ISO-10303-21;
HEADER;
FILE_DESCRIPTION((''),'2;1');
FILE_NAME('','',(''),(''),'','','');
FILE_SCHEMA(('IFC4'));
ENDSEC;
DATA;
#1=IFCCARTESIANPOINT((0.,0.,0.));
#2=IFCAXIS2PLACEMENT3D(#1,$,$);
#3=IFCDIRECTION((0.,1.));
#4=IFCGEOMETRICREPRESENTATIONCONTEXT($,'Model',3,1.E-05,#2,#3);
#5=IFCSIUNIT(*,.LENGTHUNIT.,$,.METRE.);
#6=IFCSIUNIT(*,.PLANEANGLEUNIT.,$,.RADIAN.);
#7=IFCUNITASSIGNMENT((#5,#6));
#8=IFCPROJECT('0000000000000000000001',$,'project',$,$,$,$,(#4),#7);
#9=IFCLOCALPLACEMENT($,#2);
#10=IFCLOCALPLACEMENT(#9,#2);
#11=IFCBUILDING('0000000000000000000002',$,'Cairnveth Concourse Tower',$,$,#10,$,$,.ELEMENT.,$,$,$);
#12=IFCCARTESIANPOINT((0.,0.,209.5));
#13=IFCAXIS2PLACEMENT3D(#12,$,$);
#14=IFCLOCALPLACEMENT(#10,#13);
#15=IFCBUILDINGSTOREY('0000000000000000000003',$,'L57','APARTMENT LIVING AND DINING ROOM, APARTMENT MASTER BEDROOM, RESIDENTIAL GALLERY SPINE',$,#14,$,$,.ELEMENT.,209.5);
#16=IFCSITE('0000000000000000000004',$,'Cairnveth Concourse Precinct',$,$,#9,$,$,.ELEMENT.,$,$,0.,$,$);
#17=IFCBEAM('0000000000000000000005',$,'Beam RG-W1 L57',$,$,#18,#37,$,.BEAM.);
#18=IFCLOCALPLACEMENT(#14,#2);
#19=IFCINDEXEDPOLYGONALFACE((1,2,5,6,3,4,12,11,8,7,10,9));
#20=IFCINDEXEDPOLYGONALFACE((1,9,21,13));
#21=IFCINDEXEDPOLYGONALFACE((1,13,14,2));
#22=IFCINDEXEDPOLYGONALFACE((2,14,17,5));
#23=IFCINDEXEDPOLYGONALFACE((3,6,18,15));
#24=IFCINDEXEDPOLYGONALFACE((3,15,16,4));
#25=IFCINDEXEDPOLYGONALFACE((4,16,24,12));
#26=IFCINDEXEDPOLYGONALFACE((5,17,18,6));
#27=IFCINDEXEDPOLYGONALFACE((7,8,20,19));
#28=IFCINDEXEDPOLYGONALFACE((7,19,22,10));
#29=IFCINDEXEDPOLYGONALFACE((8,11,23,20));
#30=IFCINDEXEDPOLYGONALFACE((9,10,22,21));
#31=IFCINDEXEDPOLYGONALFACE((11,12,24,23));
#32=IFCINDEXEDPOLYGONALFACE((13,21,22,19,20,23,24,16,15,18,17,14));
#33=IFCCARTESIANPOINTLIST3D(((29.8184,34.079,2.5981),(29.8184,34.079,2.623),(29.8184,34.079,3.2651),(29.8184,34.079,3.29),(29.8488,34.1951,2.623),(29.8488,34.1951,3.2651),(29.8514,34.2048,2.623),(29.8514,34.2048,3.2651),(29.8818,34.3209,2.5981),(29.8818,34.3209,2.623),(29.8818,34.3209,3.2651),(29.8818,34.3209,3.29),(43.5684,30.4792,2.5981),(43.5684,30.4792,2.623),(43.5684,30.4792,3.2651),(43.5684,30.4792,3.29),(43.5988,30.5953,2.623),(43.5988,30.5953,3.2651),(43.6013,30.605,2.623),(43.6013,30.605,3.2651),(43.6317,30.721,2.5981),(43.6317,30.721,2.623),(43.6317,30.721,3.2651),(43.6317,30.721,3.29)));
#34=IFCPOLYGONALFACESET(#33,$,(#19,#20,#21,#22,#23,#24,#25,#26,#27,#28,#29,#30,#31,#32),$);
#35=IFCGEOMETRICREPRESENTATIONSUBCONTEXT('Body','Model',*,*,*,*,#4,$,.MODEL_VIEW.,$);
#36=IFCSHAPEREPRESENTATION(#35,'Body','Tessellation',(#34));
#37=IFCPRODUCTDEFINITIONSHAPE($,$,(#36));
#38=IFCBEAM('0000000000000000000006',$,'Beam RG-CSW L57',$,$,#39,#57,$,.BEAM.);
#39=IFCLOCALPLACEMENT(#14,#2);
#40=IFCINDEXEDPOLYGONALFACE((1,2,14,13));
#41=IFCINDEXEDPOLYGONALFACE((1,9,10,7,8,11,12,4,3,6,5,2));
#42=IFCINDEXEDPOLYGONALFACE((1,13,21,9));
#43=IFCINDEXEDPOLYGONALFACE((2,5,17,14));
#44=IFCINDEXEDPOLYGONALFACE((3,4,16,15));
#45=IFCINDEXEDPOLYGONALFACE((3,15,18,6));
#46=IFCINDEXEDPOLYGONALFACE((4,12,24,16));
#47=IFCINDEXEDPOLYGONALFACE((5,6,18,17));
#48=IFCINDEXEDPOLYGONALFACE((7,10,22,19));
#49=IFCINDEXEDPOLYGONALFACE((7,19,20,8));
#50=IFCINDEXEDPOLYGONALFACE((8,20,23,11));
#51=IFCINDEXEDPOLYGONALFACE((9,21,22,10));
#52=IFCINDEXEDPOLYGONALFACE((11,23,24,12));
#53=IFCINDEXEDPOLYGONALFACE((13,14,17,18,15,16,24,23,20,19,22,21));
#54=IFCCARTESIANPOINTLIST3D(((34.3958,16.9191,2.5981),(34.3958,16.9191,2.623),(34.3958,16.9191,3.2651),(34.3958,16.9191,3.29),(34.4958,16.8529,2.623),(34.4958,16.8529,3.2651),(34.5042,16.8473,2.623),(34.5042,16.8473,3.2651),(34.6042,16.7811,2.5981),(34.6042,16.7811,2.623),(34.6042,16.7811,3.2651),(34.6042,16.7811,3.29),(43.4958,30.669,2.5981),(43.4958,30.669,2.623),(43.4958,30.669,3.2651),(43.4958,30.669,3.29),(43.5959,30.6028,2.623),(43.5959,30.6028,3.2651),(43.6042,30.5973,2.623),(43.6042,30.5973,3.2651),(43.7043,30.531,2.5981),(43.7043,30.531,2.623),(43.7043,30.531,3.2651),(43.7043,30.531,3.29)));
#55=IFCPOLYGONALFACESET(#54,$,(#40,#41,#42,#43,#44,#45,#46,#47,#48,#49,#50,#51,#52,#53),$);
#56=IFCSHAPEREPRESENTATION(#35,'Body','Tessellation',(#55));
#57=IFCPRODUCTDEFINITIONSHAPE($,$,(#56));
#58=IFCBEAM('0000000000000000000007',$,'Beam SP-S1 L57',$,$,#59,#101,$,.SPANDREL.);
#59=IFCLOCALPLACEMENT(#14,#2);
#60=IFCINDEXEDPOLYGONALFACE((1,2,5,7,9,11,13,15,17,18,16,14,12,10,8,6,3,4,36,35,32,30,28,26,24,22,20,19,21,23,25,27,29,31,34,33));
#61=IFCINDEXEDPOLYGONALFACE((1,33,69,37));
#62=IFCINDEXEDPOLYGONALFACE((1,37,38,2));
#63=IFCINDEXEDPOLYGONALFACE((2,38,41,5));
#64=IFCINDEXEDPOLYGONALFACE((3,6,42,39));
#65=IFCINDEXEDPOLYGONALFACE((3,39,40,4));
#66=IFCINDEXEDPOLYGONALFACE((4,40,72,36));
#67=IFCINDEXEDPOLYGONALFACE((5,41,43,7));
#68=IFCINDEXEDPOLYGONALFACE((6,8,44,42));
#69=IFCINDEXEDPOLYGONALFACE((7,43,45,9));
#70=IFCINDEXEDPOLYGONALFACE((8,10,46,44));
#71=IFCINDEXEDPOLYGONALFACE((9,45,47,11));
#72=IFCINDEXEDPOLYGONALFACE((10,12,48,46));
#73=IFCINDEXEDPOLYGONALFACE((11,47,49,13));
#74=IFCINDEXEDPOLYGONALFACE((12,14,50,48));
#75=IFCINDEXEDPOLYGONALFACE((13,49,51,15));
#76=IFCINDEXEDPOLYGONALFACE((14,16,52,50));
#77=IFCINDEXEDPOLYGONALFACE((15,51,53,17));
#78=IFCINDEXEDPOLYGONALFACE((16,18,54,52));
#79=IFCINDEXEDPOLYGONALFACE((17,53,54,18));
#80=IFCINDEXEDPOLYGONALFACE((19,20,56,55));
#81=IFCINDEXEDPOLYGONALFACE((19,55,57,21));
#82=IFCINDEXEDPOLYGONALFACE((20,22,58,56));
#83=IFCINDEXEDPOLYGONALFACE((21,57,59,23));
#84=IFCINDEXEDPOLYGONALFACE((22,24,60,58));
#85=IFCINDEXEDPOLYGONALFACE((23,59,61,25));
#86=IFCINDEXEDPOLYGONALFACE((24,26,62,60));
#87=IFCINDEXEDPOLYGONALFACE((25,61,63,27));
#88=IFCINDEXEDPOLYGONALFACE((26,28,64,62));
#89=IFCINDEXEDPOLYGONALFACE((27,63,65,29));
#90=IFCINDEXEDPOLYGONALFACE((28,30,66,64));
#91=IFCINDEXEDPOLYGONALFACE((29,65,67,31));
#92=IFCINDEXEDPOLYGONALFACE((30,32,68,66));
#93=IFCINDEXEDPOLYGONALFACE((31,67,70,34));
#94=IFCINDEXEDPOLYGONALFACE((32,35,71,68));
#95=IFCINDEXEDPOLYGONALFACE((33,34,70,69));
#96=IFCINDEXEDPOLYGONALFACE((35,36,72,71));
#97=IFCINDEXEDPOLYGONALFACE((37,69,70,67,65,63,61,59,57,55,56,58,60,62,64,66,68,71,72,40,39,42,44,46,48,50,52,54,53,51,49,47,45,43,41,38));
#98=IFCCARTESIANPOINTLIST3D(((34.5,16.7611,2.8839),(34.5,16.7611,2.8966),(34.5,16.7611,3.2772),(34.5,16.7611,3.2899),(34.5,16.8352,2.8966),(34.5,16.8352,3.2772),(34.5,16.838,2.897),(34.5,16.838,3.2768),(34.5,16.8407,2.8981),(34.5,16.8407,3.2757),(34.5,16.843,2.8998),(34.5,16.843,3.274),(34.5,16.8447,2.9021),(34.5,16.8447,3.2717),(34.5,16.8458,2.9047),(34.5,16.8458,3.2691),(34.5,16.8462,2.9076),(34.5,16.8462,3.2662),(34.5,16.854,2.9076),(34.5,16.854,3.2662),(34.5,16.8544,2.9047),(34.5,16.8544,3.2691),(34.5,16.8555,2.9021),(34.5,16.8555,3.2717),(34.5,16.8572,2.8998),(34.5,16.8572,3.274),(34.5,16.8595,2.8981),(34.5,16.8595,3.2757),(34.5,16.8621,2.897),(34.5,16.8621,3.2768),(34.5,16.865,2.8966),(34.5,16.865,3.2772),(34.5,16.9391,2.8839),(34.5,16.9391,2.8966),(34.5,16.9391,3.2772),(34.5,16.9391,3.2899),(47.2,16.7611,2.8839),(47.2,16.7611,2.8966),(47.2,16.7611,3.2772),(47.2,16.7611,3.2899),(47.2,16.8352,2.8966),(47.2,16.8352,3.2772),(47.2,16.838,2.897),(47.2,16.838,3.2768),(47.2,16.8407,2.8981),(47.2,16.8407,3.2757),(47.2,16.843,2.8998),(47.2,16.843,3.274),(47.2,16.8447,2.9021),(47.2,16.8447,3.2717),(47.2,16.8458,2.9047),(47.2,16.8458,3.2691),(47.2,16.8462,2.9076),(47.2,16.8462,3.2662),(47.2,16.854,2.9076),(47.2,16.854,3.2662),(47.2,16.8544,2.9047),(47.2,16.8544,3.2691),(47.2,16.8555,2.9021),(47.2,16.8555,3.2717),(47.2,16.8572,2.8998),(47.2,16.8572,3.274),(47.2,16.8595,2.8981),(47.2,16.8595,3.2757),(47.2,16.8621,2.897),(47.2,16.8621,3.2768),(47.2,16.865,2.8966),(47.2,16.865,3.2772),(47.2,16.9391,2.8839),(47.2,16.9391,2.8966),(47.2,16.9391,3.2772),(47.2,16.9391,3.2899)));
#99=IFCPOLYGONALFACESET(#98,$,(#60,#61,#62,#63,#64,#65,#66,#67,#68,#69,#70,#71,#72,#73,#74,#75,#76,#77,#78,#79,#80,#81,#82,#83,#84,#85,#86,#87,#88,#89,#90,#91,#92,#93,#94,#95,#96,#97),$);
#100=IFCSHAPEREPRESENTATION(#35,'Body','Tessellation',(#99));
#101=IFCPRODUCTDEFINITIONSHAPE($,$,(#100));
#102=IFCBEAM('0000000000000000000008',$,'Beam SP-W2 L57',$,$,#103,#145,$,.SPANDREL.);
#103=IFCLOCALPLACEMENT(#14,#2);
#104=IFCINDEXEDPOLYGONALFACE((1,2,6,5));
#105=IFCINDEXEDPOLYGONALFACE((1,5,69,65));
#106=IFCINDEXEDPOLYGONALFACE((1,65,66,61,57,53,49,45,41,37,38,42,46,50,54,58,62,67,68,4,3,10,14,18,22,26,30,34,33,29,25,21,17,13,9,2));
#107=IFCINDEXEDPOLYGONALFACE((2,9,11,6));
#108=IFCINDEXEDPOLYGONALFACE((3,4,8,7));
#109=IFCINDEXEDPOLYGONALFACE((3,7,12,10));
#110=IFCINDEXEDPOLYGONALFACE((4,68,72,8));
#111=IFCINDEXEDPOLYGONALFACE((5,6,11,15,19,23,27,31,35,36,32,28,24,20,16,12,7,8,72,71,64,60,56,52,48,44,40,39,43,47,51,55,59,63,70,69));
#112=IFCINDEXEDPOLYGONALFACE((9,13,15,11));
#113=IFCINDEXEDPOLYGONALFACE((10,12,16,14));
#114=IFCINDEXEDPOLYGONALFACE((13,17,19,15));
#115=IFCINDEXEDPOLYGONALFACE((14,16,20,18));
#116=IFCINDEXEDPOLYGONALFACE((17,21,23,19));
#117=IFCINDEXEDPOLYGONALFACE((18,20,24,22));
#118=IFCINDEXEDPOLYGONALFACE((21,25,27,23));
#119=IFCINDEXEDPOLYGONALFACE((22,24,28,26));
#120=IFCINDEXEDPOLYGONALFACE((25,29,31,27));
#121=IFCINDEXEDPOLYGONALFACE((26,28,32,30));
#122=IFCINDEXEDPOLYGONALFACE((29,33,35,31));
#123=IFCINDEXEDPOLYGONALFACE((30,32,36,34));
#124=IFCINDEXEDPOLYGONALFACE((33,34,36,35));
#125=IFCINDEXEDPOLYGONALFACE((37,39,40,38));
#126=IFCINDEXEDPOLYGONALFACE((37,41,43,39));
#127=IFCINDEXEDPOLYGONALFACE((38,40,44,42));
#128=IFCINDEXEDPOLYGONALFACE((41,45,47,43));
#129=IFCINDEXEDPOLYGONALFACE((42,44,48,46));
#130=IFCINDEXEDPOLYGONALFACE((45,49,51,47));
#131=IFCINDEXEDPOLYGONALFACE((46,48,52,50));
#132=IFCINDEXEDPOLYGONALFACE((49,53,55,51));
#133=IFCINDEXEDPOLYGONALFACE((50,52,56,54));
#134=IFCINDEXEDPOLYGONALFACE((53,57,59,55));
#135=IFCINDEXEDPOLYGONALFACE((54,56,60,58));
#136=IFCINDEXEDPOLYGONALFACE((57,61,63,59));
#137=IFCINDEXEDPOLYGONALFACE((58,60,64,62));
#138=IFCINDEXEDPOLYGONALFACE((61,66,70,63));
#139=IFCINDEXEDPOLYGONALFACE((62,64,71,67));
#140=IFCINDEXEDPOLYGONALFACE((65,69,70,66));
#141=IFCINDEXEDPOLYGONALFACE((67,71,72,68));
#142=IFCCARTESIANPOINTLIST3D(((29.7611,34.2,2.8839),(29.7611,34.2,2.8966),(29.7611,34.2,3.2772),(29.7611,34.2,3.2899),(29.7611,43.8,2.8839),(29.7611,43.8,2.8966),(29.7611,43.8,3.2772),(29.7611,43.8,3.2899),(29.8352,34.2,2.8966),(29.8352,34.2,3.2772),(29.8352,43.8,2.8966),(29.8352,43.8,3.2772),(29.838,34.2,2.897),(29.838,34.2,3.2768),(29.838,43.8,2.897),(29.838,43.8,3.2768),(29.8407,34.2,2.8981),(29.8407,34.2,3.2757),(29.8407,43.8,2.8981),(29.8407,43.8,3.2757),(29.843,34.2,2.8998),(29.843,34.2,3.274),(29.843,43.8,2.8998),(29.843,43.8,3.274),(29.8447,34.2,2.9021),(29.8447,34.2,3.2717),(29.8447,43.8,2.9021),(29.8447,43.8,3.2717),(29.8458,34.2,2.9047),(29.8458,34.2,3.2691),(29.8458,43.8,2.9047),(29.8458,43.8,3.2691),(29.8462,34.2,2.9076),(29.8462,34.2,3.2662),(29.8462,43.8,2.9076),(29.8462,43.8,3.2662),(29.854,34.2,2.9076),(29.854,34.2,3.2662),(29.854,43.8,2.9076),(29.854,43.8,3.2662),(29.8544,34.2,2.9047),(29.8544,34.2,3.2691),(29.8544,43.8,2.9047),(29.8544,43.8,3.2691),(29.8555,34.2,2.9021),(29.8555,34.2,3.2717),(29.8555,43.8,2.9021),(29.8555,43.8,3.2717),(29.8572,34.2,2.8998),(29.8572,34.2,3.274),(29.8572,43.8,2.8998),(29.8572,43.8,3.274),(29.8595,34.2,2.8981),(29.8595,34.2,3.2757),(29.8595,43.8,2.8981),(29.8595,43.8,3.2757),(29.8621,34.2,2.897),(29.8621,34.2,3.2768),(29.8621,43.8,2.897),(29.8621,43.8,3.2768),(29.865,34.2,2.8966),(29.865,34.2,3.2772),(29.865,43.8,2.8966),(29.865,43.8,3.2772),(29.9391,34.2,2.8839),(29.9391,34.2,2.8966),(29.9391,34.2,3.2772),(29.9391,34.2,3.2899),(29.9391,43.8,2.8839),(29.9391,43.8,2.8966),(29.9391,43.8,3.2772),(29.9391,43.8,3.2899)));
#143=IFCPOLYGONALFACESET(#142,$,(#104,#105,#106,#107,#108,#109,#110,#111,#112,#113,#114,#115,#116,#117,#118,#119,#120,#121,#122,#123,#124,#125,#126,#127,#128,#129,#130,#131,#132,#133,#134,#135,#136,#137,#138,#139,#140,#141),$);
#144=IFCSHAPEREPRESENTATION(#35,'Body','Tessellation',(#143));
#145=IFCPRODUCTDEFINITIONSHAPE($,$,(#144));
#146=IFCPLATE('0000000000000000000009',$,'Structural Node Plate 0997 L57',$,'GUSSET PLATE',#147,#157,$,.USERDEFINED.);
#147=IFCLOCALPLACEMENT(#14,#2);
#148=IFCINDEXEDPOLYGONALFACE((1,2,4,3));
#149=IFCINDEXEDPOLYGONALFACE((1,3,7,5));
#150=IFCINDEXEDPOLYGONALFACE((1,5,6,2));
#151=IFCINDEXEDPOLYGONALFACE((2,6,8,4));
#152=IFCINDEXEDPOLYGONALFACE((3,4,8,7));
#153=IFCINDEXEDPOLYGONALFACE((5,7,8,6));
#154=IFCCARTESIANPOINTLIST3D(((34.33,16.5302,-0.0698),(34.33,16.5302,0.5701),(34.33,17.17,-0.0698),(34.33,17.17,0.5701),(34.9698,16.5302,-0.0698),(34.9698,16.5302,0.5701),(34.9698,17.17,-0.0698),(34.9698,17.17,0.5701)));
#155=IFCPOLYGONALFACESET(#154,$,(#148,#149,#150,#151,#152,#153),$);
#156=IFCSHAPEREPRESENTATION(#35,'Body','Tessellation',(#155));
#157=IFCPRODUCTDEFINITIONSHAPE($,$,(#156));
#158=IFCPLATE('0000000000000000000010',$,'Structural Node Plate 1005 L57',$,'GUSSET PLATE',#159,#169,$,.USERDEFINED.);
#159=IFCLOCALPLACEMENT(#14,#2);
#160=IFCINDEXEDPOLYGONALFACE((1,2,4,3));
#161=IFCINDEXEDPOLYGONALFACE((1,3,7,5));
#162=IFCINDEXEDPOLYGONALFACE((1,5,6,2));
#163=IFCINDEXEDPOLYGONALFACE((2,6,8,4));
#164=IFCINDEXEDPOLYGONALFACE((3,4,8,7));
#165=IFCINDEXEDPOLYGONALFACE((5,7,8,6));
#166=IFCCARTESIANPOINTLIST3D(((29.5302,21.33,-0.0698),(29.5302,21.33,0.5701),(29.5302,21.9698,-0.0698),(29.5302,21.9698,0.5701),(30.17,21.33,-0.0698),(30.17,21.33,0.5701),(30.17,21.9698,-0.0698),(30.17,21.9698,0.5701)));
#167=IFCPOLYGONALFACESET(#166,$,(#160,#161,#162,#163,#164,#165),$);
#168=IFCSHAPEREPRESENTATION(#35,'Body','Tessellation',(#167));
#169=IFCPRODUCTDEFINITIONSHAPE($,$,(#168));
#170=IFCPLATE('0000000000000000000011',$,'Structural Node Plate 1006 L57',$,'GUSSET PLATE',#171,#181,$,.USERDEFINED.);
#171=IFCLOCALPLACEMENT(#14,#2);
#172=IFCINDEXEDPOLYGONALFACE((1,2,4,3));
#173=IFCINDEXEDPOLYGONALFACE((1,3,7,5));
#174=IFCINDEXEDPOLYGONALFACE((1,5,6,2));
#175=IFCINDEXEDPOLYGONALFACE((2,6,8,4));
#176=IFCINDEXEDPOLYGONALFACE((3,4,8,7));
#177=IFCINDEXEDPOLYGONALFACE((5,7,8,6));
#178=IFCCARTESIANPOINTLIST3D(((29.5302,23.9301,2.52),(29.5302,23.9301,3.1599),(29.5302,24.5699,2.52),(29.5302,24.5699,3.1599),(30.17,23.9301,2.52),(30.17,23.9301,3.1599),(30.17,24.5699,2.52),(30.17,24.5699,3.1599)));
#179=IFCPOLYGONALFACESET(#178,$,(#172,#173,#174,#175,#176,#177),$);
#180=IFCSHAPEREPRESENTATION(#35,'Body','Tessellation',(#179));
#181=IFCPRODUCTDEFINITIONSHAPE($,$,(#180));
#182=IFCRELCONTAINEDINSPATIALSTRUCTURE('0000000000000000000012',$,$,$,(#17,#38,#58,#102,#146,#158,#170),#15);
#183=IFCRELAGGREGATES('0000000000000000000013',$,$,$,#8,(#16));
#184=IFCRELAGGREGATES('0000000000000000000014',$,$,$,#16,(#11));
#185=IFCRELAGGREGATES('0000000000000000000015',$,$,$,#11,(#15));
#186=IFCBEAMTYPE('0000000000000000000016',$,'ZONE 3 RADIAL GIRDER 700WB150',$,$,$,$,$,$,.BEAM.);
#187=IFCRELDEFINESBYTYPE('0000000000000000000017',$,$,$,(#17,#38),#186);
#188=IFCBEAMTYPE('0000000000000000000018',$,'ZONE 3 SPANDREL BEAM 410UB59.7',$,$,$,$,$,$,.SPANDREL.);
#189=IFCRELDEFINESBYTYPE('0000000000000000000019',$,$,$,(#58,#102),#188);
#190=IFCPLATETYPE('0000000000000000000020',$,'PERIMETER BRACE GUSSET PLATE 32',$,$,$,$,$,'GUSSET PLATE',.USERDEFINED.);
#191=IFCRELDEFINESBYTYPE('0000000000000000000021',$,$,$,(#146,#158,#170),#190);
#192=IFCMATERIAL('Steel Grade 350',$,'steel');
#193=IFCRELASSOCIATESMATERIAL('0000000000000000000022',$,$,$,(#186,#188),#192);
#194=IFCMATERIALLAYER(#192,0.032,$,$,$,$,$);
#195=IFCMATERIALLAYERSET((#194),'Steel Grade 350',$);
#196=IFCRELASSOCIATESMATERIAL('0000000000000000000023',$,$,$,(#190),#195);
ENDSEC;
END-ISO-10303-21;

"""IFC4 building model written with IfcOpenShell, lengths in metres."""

from ifc_helpers import new_model, si_unit, direction, frame, origin, origin_2d, place, context, subcontext, project, spatial, rectangle, i_section, extrude, material, layer, layer_set, material_profile, profile_set, type_object, element, save


model = new_model("IFC4")

# Units and contexts
model_context = context("Model", 3, precision=1e-05, world=origin(), true_north=direction((0.0, 1.0)))
body_context = subcontext(model_context, "Body", "Model", "MODEL_VIEW")
ifc_project = project(units=[si_unit("LENGTHUNIT", "METRE"), si_unit("PLANEANGLEUNIT", "RADIAN")], contexts=[model_context])

# Site, building, storey
site_placement = place(None, origin())
site = spatial("IfcSite", under=ifc_project, at=site_placement, Name="Cairnveth Concourse Precinct", CompositionType="ELEMENT", RefElevation=0.0)
building_placement = place(site_placement, origin())
building = spatial("IfcBuilding", under=site, at=building_placement, Name="Cairnveth Concourse Tower", CompositionType="ELEMENT")
storey_placement = place(building_placement, frame((0.0, 0.0, 209.5)))
storey = spatial("IfcBuildingStorey", under=building, at=storey_placement, Name="L57", Description="APARTMENT LIVING AND DINING ROOM, APARTMENT MASTER BEDROOM, RESIDENTIAL GALLERY SPINE", CompositionType="ELEMENT", Elevation=209.5)

# Shared definitions
ifc_material_1 = material(Name="Steel Grade 350", Category="steel")

# Beams
ifc_material_profile_1 = material_profile(ifc_material_1, i_section(OverallWidth=0.25, OverallDepth=0.6919, WebThickness=0.01, FlangeThickness=0.0249, at=origin_2d()), Name="700WB150")
ifc_profile_set_1 = profile_set([ifc_material_profile_1], Name="Steel Grade 350")
beam_type_1 = type_object("IfcBeamType", Name="ZONE 3 RADIAL GIRDER 700WB150", PredefinedType="BEAM", material=ifc_profile_set_1)
beam_1_placement = place(storey_placement, frame((29.8501, 34.2, 2.9441), z_axis=(0.967395, -0.253271, 0.0), x_axis=(0.253271, 0.967395, 0.0)))
element("IfcBeam", 1, at=beam_1_placement, inside=storey, type_object=beam_type_1, Name="Beam RG-W1 L57", PredefinedType="BEAM", context=body_context, shape_type="SweptSolid", body=[
    extrude(i_section(OverallWidth=0.25, OverallDepth=0.6919, WebThickness=0.01, FlangeThickness=0.0249, at=origin_2d()), origin(), (0.0, 0.0, 1.0), 14.2134),
])
beam_2_placement = place(storey_placement, frame((34.5, 16.8501, 2.9441), z_axis=(0.551902, 0.833909, 0.0), x_axis=(-0.833909, 0.551902, 0.0)))
element("IfcBeam", 2, at=beam_2_placement, inside=storey, type_object=beam_type_1, Name="Beam RG-CSW L57", PredefinedType="BEAM", context=body_context, shape_type="SweptSolid", body=[
    extrude(i_section(OverallWidth=0.25, OverallDepth=0.6919, WebThickness=0.01, FlangeThickness=0.0249, at=origin_2d()), origin(), (0.0, 0.0, 1.0), 16.4885),
])
ifc_material_profile_2 = material_profile(ifc_material_1, i_section(OverallWidth=0.178, OverallDepth=0.406, WebThickness=0.0078, FlangeThickness=0.0127, FilletRadius=0.011, at=origin_2d()), Name="410UB59.7")
ifc_profile_set_2 = profile_set([ifc_material_profile_2], Name="Steel Grade 350")
beam_type_2 = type_object("IfcBeamType", Name="ZONE 3 SPANDREL BEAM 410UB59.7", PredefinedType="SPANDREL", material=ifc_profile_set_2)
beam_3_placement = place(storey_placement, frame((34.5, 16.8501, 3.0869), z_axis=(1.0, 0.0, 0.0), x_axis=(0.0, 1.0, 0.0)))
element("IfcBeam", 3, at=beam_3_placement, inside=storey, type_object=beam_type_2, Name="Beam SP-S1 L57", PredefinedType="SPANDREL", context=body_context, shape_type="SweptSolid", body=[
    extrude(i_section(OverallWidth=0.178, OverallDepth=0.406, WebThickness=0.0078, FlangeThickness=0.0127, FilletRadius=0.011, at=origin_2d()), origin(), (0.0, 0.0, 1.0), 12.7),
])
beam_4_placement = place(storey_placement, frame((29.8501, 34.2, 3.0869), z_axis=(0.0, 1.0, 0.0), x_axis=(-1.0, 0.0, 0.0)))
element("IfcBeam", 4, at=beam_4_placement, inside=storey, type_object=beam_type_2, Name="Beam SP-W2 L57", PredefinedType="SPANDREL", context=body_context, shape_type="SweptSolid", body=[
    extrude(i_section(OverallWidth=0.178, OverallDepth=0.406, WebThickness=0.0078, FlangeThickness=0.0127, FilletRadius=0.011, at=origin_2d()), origin(), (0.0, 0.0, 1.0), 9.6001),
])

# Plates
ifc_layer_1 = layer(ifc_material_1, 0.032)
ifc_layer_set_1 = layer_set([ifc_layer_1], Name="Steel Grade 350")
plate_type = type_object("IfcPlateType", Name="PERIMETER BRACE GUSSET PLATE 32", ElementType="GUSSET PLATE", PredefinedType="USERDEFINED", material=ifc_layer_set_1)
for number, where, z_axis, x_axis, name in (
    (5, (34.6499, 16.8501, -0.0698), (0.0, 0.0, 1.0), (1.0, 0.0, 0.0), "Structural Node Plate 0997 L57"),
    (6, (29.8501, 21.6499, -0.0698), (0.0, 0.0, 1.0), (1.0, 0.0, 0.0), "Structural Node Plate 1005 L57"),
    (7, (29.8501, 24.25, 2.52), (0.0, 0.0, 1.0), (1.0, 0.0, 0.0), "Structural Node Plate 1006 L57"),
):
    element("IfcPlate", number, at=place(storey_placement, frame(where, z_axis=z_axis, x_axis=x_axis)), inside=storey, type_object=plate_type, Name=name, ObjectType="GUSSET PLATE", PredefinedType="USERDEFINED", context=body_context, shape_type="SweptSolid", body=[
        extrude(rectangle(XDim=0.6399, YDim=0.6399, at=origin_2d()), origin(), (0.0, 0.0, 1.0), 0.6399),
    ])

save(model, "model.ifc")
